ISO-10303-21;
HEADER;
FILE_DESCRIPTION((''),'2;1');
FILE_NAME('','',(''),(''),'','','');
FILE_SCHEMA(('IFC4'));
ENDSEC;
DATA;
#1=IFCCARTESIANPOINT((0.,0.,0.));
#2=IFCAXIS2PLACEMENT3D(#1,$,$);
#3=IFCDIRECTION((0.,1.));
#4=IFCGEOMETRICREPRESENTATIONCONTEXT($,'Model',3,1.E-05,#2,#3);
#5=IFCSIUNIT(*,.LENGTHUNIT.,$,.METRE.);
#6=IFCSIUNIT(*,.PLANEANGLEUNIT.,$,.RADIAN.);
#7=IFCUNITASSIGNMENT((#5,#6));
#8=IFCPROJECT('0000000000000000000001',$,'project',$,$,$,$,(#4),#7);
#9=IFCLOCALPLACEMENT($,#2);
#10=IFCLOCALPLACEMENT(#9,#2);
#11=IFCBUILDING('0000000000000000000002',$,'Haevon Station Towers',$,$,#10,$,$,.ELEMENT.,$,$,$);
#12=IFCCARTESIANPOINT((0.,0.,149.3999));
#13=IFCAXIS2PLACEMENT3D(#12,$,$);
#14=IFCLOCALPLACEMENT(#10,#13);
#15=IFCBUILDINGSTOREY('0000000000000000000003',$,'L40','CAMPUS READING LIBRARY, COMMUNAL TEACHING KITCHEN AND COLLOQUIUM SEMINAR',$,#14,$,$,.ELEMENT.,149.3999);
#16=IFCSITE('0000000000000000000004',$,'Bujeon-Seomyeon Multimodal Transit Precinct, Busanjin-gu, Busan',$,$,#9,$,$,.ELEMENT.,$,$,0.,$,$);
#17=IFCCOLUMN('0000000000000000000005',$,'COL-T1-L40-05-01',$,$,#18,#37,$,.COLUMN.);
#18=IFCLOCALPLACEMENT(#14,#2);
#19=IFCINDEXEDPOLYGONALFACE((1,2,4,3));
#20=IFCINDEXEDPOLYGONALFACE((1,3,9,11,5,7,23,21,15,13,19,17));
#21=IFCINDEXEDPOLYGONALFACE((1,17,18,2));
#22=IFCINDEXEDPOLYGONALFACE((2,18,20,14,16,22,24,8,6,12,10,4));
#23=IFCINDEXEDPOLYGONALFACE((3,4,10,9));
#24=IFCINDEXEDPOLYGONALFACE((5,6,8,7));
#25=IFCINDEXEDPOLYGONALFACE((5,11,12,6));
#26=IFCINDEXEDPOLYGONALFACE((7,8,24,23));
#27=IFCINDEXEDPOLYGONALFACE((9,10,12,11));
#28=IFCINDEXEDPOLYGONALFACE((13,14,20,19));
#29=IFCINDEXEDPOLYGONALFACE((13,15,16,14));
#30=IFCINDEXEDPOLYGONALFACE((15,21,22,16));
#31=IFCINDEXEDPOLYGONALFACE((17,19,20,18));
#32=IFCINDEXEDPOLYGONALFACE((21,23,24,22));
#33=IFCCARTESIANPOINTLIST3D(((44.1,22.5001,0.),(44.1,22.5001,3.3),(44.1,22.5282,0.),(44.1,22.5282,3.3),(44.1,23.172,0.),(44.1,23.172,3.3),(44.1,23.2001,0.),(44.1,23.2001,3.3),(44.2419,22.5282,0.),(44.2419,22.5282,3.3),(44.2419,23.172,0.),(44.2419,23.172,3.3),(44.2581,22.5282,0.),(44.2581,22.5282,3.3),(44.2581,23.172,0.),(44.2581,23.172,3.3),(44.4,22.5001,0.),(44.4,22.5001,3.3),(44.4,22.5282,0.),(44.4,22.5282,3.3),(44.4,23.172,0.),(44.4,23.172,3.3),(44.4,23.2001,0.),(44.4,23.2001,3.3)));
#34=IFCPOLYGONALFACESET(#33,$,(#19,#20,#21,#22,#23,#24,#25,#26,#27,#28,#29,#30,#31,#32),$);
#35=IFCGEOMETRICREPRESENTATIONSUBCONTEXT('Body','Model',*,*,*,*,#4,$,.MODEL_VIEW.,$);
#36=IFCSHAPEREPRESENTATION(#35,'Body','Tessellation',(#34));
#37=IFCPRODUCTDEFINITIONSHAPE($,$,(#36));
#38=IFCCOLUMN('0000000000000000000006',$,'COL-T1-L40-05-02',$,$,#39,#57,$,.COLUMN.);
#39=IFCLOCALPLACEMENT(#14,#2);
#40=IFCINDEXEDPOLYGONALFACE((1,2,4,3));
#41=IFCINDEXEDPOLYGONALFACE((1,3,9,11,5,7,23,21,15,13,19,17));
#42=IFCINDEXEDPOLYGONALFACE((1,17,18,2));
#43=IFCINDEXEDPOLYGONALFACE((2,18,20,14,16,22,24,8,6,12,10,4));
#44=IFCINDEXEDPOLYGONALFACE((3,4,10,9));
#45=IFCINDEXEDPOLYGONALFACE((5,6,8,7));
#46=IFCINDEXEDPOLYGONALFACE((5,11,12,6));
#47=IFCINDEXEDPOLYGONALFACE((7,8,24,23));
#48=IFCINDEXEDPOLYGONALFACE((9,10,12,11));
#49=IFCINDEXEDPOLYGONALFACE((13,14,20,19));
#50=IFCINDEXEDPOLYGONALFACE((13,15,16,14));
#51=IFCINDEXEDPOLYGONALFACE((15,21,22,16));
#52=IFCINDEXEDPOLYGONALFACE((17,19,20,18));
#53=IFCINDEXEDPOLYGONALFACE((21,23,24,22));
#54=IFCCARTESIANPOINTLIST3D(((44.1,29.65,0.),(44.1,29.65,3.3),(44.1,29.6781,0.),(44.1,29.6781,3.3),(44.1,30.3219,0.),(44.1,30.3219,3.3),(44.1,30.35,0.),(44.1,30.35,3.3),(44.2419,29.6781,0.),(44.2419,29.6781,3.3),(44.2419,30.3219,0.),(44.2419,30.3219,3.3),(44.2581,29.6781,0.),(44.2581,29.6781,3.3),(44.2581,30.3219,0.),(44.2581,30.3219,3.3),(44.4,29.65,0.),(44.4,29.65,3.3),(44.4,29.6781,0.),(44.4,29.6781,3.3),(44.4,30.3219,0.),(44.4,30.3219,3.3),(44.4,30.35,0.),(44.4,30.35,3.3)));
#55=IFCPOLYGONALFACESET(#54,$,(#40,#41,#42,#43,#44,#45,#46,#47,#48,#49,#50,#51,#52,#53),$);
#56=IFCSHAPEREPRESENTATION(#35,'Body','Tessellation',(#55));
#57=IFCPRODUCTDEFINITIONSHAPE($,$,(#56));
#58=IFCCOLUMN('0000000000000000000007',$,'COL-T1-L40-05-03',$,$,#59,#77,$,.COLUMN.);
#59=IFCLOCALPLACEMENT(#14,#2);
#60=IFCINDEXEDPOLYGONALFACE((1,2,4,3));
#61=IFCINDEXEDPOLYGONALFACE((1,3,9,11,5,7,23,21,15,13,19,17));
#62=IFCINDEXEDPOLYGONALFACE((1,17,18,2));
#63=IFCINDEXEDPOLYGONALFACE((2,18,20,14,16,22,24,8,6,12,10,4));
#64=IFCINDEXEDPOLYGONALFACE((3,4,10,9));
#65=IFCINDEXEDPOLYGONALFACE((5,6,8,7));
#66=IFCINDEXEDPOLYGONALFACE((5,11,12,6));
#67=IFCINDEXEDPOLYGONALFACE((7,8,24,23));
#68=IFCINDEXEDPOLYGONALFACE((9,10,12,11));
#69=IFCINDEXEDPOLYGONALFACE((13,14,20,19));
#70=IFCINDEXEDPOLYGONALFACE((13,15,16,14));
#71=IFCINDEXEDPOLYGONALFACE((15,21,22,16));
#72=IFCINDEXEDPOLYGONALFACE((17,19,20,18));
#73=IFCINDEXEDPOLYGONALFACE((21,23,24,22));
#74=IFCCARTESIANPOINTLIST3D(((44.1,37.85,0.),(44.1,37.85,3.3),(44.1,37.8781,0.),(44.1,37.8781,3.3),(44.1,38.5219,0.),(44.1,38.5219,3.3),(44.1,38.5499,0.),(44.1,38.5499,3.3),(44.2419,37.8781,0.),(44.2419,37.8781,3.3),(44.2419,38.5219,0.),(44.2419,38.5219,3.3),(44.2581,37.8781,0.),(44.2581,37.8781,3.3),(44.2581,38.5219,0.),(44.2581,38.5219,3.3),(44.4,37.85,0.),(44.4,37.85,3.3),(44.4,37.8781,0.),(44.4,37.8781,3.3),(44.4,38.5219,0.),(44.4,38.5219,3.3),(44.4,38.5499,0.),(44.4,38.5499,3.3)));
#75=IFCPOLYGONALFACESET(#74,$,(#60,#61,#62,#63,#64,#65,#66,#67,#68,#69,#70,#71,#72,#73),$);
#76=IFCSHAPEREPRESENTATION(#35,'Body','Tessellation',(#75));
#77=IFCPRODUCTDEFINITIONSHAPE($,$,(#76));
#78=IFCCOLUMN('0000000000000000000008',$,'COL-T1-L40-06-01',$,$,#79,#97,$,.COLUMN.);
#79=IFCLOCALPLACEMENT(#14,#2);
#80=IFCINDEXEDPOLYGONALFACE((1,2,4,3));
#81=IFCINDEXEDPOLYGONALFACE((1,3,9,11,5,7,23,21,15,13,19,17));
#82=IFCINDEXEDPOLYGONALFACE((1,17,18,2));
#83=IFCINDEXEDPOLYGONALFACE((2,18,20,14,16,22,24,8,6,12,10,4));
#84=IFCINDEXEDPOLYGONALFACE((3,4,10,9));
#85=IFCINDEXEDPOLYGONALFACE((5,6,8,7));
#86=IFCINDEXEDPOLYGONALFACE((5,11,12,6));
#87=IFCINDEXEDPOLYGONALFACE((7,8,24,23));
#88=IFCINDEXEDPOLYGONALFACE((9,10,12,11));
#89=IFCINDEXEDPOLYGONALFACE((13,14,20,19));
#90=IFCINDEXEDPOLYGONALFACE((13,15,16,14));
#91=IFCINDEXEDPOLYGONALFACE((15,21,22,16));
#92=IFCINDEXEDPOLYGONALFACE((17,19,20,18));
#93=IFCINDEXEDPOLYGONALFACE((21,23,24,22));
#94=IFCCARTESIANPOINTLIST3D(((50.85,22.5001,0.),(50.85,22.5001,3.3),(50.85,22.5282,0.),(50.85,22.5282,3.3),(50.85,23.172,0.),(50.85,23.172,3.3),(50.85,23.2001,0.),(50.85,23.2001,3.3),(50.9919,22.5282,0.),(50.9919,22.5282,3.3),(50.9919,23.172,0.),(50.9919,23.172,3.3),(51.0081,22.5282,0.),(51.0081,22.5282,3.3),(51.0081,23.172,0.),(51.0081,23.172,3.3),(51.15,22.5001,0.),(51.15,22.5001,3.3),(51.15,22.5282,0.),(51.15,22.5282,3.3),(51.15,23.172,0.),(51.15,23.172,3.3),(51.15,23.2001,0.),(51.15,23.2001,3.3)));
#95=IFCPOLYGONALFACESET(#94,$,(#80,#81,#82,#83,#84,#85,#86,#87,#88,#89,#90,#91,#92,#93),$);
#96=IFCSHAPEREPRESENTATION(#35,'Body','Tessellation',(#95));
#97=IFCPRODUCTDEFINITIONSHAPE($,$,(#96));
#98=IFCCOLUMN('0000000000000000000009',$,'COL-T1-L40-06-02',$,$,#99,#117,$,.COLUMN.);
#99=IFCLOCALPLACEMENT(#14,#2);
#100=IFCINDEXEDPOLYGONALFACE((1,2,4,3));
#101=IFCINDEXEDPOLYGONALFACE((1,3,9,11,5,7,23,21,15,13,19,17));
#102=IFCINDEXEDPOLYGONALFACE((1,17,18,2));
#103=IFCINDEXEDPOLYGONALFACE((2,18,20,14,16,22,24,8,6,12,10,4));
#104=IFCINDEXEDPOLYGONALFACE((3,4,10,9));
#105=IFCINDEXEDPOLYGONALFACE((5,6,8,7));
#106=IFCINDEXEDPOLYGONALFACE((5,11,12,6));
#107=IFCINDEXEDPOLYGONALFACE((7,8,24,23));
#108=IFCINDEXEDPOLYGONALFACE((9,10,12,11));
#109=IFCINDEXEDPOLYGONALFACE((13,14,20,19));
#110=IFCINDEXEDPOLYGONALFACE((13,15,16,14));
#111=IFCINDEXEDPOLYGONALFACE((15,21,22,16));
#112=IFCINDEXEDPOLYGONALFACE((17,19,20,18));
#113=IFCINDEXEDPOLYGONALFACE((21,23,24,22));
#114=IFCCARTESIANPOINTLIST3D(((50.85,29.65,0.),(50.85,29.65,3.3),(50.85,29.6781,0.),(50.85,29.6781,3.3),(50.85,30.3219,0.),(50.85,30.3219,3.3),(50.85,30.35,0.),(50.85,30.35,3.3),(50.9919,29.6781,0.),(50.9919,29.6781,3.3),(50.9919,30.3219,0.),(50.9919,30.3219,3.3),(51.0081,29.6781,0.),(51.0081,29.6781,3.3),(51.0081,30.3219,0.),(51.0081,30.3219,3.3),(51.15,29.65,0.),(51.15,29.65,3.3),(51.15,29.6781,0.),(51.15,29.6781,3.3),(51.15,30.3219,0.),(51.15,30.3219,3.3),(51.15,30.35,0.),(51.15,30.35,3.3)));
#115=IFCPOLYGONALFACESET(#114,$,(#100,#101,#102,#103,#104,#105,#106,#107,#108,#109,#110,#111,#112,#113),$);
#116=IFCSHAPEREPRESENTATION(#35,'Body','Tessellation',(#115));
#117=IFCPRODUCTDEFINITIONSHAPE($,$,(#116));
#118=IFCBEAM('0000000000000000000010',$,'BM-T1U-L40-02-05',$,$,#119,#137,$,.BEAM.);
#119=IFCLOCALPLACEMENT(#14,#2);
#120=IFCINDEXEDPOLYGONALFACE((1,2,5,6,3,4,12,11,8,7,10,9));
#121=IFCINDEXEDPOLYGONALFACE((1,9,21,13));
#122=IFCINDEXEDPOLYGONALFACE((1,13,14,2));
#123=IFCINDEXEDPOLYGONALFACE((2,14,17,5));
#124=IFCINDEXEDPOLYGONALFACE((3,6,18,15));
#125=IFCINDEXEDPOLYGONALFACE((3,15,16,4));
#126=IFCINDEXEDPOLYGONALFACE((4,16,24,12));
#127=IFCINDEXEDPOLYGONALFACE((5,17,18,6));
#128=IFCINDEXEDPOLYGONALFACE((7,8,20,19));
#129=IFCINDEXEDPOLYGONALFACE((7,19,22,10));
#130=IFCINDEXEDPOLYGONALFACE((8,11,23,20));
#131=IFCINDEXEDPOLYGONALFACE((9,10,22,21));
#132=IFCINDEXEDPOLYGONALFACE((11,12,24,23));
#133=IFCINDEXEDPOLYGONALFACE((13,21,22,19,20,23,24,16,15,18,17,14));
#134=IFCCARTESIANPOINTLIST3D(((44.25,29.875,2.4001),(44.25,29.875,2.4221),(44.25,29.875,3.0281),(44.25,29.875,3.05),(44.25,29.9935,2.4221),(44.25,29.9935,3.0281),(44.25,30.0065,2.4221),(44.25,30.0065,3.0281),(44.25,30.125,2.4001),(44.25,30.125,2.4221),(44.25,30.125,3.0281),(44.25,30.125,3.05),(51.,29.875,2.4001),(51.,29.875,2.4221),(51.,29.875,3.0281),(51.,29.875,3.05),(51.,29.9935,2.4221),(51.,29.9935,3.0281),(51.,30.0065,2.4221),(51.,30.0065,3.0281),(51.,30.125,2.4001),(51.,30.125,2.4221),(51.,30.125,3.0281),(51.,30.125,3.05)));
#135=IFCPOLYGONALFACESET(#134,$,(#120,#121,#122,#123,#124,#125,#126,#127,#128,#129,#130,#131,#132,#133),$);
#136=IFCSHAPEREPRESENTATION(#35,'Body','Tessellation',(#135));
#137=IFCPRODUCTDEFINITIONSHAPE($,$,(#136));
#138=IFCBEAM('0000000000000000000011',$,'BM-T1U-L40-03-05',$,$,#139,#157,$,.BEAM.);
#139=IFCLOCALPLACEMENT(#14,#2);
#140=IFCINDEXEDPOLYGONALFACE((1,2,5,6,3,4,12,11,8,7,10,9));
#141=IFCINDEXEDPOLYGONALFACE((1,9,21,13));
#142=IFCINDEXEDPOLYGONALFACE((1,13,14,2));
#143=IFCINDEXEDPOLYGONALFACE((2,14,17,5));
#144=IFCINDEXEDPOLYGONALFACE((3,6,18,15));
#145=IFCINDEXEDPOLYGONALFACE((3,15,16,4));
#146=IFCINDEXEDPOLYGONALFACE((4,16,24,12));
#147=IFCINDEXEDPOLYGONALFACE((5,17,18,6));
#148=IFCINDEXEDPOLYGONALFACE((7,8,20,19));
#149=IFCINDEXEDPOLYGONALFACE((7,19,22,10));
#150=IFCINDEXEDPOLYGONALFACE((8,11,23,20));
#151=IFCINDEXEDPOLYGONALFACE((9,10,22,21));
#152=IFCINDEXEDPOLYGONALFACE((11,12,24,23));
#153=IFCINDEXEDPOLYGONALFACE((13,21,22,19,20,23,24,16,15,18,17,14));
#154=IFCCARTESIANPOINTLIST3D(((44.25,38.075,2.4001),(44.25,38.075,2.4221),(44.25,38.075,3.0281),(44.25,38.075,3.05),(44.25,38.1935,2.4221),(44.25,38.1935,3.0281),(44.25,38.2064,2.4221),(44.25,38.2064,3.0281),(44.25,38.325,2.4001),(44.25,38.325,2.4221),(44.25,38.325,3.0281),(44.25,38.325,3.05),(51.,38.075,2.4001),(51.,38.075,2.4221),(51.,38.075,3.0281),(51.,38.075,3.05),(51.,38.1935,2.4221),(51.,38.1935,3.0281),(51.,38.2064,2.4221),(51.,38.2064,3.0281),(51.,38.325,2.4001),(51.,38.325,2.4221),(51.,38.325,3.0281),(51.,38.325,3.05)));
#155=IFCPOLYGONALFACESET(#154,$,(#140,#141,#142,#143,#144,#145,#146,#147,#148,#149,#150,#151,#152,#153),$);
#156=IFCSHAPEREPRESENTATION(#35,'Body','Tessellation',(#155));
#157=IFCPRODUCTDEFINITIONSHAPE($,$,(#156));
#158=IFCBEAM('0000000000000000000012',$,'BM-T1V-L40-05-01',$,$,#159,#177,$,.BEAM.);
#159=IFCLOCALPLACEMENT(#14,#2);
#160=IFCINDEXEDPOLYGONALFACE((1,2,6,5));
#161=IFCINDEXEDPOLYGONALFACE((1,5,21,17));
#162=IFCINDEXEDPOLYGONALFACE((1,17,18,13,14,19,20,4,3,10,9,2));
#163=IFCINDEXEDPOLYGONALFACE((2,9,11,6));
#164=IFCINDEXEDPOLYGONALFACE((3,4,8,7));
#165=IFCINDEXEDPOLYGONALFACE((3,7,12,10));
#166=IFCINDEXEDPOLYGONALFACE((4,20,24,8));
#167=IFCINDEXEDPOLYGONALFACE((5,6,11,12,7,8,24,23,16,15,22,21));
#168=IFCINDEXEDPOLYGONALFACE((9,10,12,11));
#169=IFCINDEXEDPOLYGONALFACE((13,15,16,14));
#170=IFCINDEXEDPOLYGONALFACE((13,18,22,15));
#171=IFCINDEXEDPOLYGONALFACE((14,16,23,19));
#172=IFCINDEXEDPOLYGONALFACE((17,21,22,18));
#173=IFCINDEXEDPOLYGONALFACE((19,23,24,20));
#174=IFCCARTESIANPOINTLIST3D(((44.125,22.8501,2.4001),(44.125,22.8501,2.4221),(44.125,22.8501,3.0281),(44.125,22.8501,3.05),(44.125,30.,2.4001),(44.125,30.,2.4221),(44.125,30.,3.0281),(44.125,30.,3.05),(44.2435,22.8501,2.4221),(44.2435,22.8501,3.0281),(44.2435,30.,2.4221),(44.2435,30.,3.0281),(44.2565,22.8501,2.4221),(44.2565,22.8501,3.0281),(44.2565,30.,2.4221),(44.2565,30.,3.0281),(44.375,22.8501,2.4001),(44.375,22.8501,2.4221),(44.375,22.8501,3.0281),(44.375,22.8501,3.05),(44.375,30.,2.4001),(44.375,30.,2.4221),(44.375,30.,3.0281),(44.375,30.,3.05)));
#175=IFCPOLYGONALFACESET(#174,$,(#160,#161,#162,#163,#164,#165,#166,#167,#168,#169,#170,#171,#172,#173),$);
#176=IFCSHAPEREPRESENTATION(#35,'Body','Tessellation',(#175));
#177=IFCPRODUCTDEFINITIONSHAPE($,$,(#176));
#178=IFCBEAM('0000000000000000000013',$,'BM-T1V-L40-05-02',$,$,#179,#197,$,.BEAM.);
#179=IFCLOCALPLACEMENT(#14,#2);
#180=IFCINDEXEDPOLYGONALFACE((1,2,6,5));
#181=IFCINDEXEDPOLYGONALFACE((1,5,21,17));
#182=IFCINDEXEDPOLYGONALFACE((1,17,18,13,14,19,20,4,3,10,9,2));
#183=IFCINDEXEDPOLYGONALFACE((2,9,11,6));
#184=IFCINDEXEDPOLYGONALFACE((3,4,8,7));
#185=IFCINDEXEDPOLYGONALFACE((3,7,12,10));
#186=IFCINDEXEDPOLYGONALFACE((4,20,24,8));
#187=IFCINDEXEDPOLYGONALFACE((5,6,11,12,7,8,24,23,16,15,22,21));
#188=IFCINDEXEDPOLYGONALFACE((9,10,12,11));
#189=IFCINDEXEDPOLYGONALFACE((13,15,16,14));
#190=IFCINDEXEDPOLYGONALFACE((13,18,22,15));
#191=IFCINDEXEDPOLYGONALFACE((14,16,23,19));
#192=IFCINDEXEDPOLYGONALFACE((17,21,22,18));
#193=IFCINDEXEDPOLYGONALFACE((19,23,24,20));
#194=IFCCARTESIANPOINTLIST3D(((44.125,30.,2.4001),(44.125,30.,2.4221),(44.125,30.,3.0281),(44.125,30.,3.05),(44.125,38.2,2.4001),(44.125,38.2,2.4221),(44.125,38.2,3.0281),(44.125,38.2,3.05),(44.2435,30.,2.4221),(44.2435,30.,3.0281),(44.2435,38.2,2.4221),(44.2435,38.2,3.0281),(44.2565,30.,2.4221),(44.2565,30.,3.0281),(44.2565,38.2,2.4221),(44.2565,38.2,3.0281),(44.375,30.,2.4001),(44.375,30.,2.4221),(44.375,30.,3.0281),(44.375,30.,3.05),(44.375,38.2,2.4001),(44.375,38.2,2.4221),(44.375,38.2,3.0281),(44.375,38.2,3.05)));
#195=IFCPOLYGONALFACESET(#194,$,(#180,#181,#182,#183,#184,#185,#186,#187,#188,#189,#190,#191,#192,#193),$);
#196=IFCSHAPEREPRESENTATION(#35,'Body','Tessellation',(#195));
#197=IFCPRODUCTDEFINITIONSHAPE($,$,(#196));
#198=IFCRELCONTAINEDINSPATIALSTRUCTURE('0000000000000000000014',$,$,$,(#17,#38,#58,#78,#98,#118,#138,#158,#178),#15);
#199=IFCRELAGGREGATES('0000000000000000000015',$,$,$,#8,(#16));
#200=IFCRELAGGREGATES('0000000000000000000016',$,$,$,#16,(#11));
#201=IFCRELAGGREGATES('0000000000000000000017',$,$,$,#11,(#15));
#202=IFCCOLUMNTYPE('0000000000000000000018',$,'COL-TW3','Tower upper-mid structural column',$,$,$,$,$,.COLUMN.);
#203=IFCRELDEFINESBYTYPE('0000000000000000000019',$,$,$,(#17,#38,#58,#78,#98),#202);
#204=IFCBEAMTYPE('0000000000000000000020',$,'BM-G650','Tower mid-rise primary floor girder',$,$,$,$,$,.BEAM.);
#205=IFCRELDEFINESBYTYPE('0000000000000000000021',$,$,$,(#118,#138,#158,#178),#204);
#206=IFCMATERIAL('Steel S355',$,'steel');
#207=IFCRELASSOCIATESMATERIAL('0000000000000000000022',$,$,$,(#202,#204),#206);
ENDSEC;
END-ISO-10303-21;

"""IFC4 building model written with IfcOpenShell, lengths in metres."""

from ifc_helpers import new_model, si_unit, direction, frame, origin, origin_2d, place, context, subcontext, project, spatial, i_section, extrude, material, material_profile, profile_set, type_object, element, save


model = new_model("IFC4")

# Units and contexts
model_context = context("Model", 3, precision=1e-05, world=origin(), true_north=direction((0.0, 1.0)))
body_context = subcontext(model_context, "Body", "Model", "MODEL_VIEW")
ifc_project = project(units=[si_unit("LENGTHUNIT", "METRE"), si_unit("PLANEANGLEUNIT", "RADIAN")], contexts=[model_context])

# Site, building, storey
site_placement = place(None, origin())
site = spatial("IfcSite", under=ifc_project, at=site_placement, Name="Bujeon-Seomyeon Multimodal Transit Precinct, Busanjin-gu, Busan", CompositionType="ELEMENT", RefElevation=0.0)
building_placement = place(site_placement, origin())
building = spatial("IfcBuilding", under=site, at=building_placement, Name="Haevon Station Towers", CompositionType="ELEMENT")
storey_placement = place(building_placement, frame((0.0, 0.0, 149.3999)))
storey = spatial("IfcBuildingStorey", under=building, at=storey_placement, Name="L40", Description="CAMPUS READING LIBRARY, COMMUNAL TEACHING KITCHEN AND COLLOQUIUM SEMINAR", CompositionType="ELEMENT", Elevation=149.3999)

# Columns
ifc_material_1 = material(Name="Steel S355", Category="steel")
ifc_material_profile_1 = material_profile(ifc_material_1, i_section(OverallWidth=0.3, OverallDepth=0.7, WebThickness=0.0161, FlangeThickness=0.0281, at=origin_2d()), Name="H-700x300x16x28")
ifc_profile_set_1 = profile_set([ifc_material_profile_1], Name="Steel S355")
column_type = type_object("IfcColumnType", Name="COL-TW3", Description="Tower upper-mid structural column", PredefinedType="COLUMN", material=ifc_profile_set_1)
for number, where, z_axis, x_axis, name in (
    (1, (44.25, 22.8501, 0.0), (0.0, 0.0, 1.0), (1.0, 0.0, 0.0), "COL-T1-L40-05-01"),
    (2, (44.25, 30.0, 0.0), (0.0, 0.0, 1.0), (1.0, 0.0, 0.0), "COL-T1-L40-05-02"),
    (3, (44.25, 38.2, 0.0), (0.0, 0.0, 1.0), (1.0, 0.0, 0.0), "COL-T1-L40-05-03"),
    (4, (51.0, 22.8501, 0.0), (0.0, 0.0, 1.0), (1.0, 0.0, 0.0), "COL-T1-L40-06-01"),
    (5, (51.0, 30.0, 0.0), (0.0, 0.0, 1.0), (1.0, 0.0, 0.0), "COL-T1-L40-06-02"),
):
    element("IfcColumn", number, at=place(storey_placement, frame(where, z_axis=z_axis, x_axis=x_axis)), inside=storey, type_object=column_type, Name=name, PredefinedType="COLUMN", context=body_context, shape_type="SweptSolid", body=[
        extrude(i_section(OverallWidth=0.3, OverallDepth=0.7, WebThickness=0.0161, FlangeThickness=0.0281, at=origin_2d()), origin(), (0.0, 0.0, 1.0), 3.3),
    ])

# Beams
ifc_material_profile_2 = material_profile(ifc_material_1, i_section(OverallWidth=0.25, OverallDepth=0.6499, WebThickness=0.0129, FlangeThickness=0.022, at=origin_2d()), Name="H-650x250x13x22")
ifc_profile_set_2 = profile_set([ifc_material_profile_2], Name="Steel S355")
beam_type_1 = type_object("IfcBeamType", Name="BM-G650", Description="Tower mid-rise primary floor girder", PredefinedType="BEAM", material=ifc_profile_set_2)
for number, where, z_axis, x_axis, name in (
    (6, (44.25, 30.0, 2.7251), (1.0, 0.0, 0.0), (0.0, 1.0, 0.0), "BM-T1U-L40-02-05"),
    (7, (44.25, 38.2, 2.7251), (1.0, 0.0, 0.0), (0.0, 1.0, 0.0), "BM-T1U-L40-03-05"),
):
    element("IfcBeam", number, at=place(storey_placement, frame(where, z_axis=z_axis, x_axis=x_axis)), inside=storey, type_object=beam_type_1, Name=name, PredefinedType="BEAM", context=body_context, shape_type="SweptSolid", body=[
        extrude(i_section(OverallWidth=0.25, OverallDepth=0.6499, WebThickness=0.0129, FlangeThickness=0.022, at=origin_2d()), origin(), (0.0, 0.0, 1.0), 6.75),
    ])
beam_1_placement = place(storey_placement, frame((44.25, 22.8501, 2.7251), z_axis=(0.0, 1.0, 0.0), x_axis=(-1.0, 0.0, 0.0)))
element("IfcBeam", 8, at=beam_1_placement, inside=storey, type_object=beam_type_1, Name="BM-T1V-L40-05-01", PredefinedType="BEAM", context=body_context, shape_type="SweptSolid", body=[
    extrude(i_section(OverallWidth=0.25, OverallDepth=0.6499, WebThickness=0.0129, FlangeThickness=0.022, at=origin_2d()), origin(), (0.0, 0.0, 1.0), 7.1499),
])
beam_2_placement = place(storey_placement, frame((44.25, 30.0, 2.7251), z_axis=(0.0, 1.0, 0.0), x_axis=(-1.0, 0.0, 0.0)))
element("IfcBeam", 9, at=beam_2_placement, inside=storey, type_object=beam_type_1, Name="BM-T1V-L40-05-02", PredefinedType="BEAM", context=body_context, shape_type="SweptSolid", body=[
    extrude(i_section(OverallWidth=0.25, OverallDepth=0.6499, WebThickness=0.0129, FlangeThickness=0.022, at=origin_2d()), origin(), (0.0, 0.0, 1.0), 8.2),
])

save(model, "model.ifc")
